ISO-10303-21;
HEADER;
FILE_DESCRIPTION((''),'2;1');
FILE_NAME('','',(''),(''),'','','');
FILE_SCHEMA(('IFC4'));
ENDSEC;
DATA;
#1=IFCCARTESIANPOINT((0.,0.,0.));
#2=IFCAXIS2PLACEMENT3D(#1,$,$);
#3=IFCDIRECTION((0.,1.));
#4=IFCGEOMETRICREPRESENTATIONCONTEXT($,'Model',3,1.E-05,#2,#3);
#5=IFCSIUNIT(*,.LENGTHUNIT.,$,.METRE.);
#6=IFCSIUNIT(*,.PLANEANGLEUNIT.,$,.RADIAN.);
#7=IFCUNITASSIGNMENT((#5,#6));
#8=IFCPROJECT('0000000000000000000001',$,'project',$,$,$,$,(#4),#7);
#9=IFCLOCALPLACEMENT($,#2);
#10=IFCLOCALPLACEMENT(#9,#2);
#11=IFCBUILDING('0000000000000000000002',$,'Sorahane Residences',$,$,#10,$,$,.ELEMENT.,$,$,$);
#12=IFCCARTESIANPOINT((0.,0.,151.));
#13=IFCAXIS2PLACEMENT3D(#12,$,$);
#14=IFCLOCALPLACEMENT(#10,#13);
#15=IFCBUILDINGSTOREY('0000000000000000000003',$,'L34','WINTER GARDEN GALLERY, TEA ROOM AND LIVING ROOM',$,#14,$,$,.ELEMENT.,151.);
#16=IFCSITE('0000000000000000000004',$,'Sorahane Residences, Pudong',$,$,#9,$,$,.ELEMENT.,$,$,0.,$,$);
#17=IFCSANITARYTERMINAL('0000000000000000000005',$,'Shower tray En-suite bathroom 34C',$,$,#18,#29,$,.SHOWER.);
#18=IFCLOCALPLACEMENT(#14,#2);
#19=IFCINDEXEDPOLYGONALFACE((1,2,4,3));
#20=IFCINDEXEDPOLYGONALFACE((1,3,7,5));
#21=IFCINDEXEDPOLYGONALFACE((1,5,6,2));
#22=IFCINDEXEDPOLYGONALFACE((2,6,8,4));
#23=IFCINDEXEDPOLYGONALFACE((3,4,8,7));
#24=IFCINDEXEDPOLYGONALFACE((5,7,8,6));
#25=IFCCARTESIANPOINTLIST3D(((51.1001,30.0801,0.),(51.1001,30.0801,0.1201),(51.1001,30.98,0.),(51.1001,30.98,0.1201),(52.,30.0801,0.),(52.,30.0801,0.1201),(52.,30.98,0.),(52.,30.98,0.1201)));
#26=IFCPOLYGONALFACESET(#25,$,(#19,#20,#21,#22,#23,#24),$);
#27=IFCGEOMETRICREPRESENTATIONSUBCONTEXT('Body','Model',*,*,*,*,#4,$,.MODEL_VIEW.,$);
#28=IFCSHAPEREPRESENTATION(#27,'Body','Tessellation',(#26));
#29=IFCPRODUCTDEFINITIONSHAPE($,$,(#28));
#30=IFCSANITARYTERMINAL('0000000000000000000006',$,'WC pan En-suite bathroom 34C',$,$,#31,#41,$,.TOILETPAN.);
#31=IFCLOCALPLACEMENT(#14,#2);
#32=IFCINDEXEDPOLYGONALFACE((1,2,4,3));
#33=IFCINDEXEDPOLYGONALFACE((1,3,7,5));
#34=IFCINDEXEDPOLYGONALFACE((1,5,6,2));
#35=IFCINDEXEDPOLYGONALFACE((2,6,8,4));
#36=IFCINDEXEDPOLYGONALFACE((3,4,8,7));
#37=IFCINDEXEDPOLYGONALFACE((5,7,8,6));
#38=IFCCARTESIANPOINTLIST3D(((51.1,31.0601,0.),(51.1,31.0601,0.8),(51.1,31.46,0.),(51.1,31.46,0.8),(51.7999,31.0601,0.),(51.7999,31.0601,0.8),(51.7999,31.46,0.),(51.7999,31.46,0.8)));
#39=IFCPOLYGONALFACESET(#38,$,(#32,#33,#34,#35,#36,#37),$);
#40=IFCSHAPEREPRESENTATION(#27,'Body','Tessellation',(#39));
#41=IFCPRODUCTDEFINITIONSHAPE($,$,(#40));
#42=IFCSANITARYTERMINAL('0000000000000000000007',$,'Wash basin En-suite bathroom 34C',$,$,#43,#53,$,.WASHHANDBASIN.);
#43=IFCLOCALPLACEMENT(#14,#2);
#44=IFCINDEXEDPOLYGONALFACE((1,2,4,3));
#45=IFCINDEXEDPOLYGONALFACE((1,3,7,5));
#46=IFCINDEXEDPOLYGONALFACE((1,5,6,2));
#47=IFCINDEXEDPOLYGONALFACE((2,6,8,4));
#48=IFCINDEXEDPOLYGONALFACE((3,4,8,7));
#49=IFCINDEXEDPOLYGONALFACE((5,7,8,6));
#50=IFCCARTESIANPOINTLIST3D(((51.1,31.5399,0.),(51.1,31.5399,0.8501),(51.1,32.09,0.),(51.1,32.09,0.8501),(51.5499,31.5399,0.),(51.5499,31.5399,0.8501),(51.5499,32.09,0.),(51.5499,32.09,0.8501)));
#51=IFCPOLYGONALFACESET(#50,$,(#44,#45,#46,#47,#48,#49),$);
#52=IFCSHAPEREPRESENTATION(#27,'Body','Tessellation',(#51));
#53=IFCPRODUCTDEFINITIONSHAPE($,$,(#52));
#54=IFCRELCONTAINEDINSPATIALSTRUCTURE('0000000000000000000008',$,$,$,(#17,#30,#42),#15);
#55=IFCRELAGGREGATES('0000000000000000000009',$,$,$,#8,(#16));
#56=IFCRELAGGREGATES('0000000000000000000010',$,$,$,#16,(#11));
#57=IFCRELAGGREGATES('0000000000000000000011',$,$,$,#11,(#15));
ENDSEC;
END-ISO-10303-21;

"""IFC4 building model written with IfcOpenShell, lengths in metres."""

from ifc_helpers import new_model, si_unit, direction, frame, origin, origin_2d, place, context, subcontext, project, spatial, rectangle, extrude, element, save


model = new_model("IFC4")

# Units and contexts
model_context = context("Model", 3, precision=1e-05, world=origin(), true_north=direction((0.0, 1.0)))
body_context = subcontext(model_context, "Body", "Model", "MODEL_VIEW")
ifc_project = project(units=[si_unit("LENGTHUNIT", "METRE"), si_unit("PLANEANGLEUNIT", "RADIAN")], contexts=[model_context])

# Site, building, storey
site_placement = place(None, origin())
site = spatial("IfcSite", under=ifc_project, at=site_placement, Name="Sorahane Residences, Pudong", CompositionType="ELEMENT", RefElevation=0.0)
building_placement = place(site_placement, origin())
building = spatial("IfcBuilding", under=site, at=building_placement, Name="Sorahane Residences", CompositionType="ELEMENT")
storey_placement = place(building_placement, frame((0.0, 0.0, 151.0)))
storey = spatial("IfcBuildingStorey", under=building, at=storey_placement, Name="L34", Description="WINTER GARDEN GALLERY, TEA ROOM AND LIVING ROOM", CompositionType="ELEMENT", Elevation=151.0)

# Sanitary terminals
sanitary_terminal_1_placement = place(storey_placement, frame((51.55, 30.53, 0.0), z_axis=(0.0, 0.0, 1.0), x_axis=(0.0, 1.0, 0.0)))
element("IfcSanitaryTerminal", 1, at=sanitary_terminal_1_placement, inside=storey, Name="Shower tray En-suite bathroom 34C", PredefinedType="SHOWER", context=body_context, shape_type="SweptSolid", body=[
    extrude(rectangle(XDim=0.8999, YDim=0.8999, at=origin_2d()), origin(), (0.0, 0.0, 1.0), 0.1201),
])
sanitary_terminal_2_placement = place(storey_placement, frame((51.45, 31.26, 0.0), z_axis=(0.0, 0.0, 1.0), x_axis=(0.0, 1.0, 0.0)))
element("IfcSanitaryTerminal", 2, at=sanitary_terminal_2_placement, inside=storey, Name="WC pan En-suite bathroom 34C", PredefinedType="TOILETPAN", context=body_context, shape_type="SweptSolid", body=[
    extrude(rectangle(XDim=0.3999, YDim=0.7, at=origin_2d()), origin(), (0.0, 0.0, 1.0), 0.8),
])
sanitary_terminal_3_placement = place(storey_placement, frame((51.325, 31.8149, 0.0), z_axis=(0.0, 0.0, 1.0), x_axis=(0.0, 1.0, 0.0)))
element("IfcSanitaryTerminal", 3, at=sanitary_terminal_3_placement, inside=storey, Name="Wash basin En-suite bathroom 34C", PredefinedType="WASHHANDBASIN", context=body_context, shape_type="SweptSolid", body=[
    extrude(rectangle(XDim=0.55, YDim=0.45, at=origin_2d()), origin(), (0.0, 0.0, 1.0), 0.8501),
])

save(model, "model.ifc")
